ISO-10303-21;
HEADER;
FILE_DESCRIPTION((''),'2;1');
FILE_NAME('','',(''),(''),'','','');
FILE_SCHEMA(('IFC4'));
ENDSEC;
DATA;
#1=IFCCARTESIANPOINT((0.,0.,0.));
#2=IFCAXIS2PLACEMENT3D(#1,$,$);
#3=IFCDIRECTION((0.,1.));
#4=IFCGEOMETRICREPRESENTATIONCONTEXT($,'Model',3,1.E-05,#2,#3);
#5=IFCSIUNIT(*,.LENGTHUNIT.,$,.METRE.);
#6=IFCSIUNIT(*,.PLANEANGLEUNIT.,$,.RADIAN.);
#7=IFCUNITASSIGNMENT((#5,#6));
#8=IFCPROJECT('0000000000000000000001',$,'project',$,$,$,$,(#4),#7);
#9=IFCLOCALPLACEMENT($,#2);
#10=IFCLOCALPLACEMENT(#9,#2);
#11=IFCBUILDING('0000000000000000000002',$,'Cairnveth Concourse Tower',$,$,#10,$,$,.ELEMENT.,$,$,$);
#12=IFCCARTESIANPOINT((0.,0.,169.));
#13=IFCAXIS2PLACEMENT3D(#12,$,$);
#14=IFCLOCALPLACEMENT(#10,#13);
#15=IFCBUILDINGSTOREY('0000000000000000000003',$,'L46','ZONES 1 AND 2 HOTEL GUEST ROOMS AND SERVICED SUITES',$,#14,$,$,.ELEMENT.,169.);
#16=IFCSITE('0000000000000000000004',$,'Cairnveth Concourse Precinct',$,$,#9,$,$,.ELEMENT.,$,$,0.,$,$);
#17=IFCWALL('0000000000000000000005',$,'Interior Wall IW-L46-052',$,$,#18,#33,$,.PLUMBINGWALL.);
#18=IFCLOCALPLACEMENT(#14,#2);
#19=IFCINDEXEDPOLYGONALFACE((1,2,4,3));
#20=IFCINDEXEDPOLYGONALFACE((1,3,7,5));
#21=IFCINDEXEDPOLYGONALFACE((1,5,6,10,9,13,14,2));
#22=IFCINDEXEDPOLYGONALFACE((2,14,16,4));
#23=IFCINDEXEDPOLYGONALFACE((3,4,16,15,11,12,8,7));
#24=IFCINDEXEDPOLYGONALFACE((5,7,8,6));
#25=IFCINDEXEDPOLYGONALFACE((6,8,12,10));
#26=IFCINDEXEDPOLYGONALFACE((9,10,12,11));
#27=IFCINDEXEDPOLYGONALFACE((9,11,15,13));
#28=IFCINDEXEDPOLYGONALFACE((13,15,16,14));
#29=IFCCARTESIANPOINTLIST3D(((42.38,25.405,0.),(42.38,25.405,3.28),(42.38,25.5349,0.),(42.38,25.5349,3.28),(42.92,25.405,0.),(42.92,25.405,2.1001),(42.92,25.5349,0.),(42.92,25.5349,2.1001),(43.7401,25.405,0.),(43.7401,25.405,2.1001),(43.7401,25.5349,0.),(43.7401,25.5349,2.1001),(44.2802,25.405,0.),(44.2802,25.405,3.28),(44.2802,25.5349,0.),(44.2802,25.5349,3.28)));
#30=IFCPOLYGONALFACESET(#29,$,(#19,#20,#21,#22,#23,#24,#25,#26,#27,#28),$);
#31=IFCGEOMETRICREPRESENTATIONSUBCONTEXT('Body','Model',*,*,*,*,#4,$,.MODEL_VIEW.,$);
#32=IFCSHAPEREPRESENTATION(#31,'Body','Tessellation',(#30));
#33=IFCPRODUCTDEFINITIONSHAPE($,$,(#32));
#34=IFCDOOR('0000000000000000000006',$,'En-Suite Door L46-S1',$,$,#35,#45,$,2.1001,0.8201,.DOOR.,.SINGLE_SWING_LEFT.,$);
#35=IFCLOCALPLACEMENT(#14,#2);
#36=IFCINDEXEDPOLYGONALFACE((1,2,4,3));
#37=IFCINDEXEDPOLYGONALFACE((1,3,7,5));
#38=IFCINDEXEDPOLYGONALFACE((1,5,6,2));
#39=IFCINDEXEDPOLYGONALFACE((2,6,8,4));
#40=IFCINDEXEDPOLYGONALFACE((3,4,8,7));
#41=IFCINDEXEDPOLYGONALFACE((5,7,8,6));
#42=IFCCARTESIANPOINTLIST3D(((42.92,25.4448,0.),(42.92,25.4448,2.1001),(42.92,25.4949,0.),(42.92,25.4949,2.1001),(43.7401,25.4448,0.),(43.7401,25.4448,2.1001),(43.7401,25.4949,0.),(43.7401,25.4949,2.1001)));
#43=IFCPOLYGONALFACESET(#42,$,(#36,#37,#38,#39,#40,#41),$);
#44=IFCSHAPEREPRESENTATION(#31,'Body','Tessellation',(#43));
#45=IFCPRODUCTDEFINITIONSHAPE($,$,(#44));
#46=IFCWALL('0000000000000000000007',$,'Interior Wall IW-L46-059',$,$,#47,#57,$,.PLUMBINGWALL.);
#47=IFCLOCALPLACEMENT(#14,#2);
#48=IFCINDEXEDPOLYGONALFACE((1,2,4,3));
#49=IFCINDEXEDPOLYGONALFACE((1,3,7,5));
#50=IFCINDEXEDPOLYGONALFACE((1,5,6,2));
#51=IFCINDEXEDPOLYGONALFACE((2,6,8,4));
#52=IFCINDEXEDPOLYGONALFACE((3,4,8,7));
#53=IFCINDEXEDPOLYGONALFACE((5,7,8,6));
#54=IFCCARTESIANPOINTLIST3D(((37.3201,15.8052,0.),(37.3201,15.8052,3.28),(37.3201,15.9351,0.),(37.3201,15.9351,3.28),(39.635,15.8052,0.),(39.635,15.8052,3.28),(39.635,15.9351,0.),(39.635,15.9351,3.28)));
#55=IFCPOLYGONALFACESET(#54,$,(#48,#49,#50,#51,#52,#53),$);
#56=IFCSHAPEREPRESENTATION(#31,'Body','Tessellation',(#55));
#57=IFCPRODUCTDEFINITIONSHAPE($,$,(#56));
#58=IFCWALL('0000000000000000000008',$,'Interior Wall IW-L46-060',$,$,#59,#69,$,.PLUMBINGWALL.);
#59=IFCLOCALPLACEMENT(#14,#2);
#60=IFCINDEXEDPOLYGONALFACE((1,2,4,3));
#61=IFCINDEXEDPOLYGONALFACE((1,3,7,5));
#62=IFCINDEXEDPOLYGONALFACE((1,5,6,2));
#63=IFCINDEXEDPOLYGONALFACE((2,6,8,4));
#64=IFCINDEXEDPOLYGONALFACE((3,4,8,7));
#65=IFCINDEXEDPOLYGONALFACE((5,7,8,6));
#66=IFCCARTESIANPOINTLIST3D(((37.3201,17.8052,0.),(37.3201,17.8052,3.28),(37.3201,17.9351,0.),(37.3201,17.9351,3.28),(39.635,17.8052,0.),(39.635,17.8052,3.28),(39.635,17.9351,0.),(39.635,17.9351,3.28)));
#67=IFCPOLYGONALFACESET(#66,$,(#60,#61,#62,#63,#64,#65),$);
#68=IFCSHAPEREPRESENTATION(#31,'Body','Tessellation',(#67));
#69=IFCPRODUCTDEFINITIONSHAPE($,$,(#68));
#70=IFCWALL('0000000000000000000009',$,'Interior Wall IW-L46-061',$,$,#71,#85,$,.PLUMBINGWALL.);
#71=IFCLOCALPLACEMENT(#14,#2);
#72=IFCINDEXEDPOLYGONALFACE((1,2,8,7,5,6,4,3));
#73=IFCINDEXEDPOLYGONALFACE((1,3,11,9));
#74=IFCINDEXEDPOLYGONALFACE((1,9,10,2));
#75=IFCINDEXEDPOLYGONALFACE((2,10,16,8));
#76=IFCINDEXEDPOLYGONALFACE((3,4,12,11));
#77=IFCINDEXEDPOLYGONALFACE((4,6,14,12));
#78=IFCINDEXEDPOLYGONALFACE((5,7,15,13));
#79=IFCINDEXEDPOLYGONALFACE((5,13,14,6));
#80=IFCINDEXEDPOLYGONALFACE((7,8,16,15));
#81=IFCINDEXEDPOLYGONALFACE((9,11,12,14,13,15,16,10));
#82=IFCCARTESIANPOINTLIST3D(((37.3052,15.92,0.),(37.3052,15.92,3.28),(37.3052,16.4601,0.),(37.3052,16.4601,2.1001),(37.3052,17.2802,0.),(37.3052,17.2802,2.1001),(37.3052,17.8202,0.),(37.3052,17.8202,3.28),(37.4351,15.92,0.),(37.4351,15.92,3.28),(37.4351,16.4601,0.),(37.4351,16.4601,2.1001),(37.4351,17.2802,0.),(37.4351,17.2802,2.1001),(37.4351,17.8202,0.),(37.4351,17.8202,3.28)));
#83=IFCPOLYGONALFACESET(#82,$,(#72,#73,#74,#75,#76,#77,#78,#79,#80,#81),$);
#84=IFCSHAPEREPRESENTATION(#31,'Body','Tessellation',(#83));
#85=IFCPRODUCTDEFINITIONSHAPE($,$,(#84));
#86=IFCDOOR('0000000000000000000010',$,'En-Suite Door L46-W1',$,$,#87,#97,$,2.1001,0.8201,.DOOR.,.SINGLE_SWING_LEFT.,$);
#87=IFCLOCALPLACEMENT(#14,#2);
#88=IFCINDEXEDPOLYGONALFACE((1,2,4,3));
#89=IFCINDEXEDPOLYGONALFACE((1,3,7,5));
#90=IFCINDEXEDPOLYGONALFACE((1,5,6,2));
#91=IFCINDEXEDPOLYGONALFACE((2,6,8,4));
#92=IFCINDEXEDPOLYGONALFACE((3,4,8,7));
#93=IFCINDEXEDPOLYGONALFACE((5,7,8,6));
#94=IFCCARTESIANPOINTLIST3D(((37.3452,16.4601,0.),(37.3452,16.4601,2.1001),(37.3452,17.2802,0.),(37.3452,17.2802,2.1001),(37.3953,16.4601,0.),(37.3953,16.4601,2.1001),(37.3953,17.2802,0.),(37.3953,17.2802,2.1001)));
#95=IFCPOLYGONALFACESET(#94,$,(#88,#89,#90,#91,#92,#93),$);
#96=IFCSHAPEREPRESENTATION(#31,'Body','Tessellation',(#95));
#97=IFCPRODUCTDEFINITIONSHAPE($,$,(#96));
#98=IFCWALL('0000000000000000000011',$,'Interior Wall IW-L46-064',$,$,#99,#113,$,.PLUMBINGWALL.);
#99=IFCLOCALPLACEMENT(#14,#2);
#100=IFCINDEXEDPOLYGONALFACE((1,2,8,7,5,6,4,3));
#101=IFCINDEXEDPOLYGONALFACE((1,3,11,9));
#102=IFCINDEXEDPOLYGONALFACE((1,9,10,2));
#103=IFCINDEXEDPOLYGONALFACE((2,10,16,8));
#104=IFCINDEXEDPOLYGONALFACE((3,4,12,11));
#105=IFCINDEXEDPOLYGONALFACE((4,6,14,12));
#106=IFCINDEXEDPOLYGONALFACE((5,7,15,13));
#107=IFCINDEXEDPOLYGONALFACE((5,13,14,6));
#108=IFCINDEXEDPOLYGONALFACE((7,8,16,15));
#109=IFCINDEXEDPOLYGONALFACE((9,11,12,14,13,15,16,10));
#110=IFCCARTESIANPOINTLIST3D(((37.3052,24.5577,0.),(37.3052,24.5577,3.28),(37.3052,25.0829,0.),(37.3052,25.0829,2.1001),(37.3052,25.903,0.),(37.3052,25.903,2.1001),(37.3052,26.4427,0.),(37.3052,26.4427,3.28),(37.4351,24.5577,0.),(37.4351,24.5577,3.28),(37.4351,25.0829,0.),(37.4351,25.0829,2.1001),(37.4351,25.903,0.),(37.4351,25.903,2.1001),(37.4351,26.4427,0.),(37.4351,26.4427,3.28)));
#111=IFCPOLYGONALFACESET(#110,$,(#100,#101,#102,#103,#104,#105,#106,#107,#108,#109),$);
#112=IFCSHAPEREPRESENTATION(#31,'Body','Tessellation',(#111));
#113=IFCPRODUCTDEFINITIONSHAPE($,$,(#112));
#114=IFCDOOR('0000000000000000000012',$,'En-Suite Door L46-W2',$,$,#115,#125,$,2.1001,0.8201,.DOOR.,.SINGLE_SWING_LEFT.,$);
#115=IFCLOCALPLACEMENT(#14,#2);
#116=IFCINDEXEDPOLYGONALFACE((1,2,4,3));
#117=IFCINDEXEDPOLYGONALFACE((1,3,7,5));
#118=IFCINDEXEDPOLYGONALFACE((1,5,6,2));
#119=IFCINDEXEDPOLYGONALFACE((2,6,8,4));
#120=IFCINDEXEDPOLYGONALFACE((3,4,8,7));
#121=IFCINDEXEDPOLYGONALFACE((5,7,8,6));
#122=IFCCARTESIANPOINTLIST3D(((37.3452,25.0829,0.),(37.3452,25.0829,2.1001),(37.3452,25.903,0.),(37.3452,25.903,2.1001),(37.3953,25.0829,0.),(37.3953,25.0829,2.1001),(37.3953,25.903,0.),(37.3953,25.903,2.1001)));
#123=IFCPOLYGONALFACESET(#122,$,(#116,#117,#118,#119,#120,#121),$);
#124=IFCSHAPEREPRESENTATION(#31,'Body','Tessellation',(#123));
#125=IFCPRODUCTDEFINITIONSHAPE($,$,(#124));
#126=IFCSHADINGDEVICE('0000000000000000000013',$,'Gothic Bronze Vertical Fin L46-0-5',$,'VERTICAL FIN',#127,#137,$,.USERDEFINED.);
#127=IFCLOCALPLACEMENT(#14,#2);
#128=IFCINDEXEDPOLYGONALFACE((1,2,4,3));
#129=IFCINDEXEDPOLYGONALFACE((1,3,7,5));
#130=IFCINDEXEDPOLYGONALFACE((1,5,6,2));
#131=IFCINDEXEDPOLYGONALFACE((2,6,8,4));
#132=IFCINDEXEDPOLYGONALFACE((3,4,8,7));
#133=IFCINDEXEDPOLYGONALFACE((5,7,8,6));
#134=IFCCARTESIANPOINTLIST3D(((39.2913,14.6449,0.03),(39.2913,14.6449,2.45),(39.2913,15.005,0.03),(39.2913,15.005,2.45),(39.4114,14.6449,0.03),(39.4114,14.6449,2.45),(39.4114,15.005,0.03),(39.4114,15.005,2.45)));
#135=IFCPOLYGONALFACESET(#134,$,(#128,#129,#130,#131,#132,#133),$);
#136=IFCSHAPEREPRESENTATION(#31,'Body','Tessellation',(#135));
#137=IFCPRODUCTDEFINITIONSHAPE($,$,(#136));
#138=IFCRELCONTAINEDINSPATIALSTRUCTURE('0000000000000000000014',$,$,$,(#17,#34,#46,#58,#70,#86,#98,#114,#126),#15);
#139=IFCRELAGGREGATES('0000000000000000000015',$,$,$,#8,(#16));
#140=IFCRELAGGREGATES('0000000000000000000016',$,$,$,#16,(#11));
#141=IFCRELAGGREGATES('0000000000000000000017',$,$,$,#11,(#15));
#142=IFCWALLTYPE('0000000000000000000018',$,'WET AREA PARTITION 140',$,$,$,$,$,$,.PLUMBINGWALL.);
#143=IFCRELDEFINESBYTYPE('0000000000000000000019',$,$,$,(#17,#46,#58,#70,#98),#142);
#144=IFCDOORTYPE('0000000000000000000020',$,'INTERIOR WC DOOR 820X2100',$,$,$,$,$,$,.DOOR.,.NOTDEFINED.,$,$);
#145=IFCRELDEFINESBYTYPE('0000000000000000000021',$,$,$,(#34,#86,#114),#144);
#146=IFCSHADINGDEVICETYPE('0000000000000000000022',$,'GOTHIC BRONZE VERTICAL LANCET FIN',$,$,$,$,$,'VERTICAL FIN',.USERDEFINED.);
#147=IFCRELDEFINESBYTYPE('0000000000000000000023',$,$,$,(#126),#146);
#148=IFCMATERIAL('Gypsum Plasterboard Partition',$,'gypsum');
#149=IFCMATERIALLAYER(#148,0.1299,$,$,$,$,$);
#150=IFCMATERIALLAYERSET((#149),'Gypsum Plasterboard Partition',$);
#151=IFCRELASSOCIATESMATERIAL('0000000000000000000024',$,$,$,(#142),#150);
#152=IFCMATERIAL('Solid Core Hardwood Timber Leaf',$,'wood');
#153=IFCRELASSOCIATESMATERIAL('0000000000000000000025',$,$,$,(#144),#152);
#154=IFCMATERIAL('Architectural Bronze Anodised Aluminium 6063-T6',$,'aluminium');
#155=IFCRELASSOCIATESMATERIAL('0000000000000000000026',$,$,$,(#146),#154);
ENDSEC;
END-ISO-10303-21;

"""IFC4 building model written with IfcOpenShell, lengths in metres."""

from ifc_helpers import new_model, si_unit, direction, frame, frame_2d, origin, origin_2d, place, context, subcontext, project, spatial, rectangle, extrude, material, layer, layer_set, type_object, element, fill, save


model = new_model("IFC4")

# Units and contexts
model_context = context("Model", 3, precision=1e-05, world=origin(), true_north=direction((0.0, 1.0)))
body_context = subcontext(model_context, "Body", "Model", "MODEL_VIEW")
ifc_project = project(units=[si_unit("LENGTHUNIT", "METRE"), si_unit("PLANEANGLEUNIT", "RADIAN")], contexts=[model_context])

# Site, building, storey
site_placement = place(None, origin())
site = spatial("IfcSite", under=ifc_project, at=site_placement, Name="Cairnveth Concourse Precinct", CompositionType="ELEMENT", RefElevation=0.0)
building_placement = place(site_placement, origin())
building = spatial("IfcBuilding", under=site, at=building_placement, Name="Cairnveth Concourse Tower", CompositionType="ELEMENT")
storey_placement = place(building_placement, frame((0.0, 0.0, 169.0)))
storey = spatial("IfcBuildingStorey", under=building, at=storey_placement, Name="L46", Description="ZONES 1 AND 2 HOTEL GUEST ROOMS AND SERVICED SUITES", CompositionType="ELEMENT", Elevation=169.0)

# Shared definitions
ifc_material_1 = material(Name="Gypsum Plasterboard Partition", Category="gypsum")
ifc_material_2 = material(Name="Solid Core Hardwood Timber Leaf", Category="wood")

# Shared definitions
ifc_layer_1 = layer(ifc_material_1, 0.1299)
ifc_layer_set_1 = layer_set([ifc_layer_1], Name="Gypsum Plasterboard Partition")
wall_type_1 = type_object("IfcWallType", Name="WET AREA PARTITION 140", PredefinedType="PLUMBINGWALL", material=ifc_layer_set_1)

# Wall, opening, door
wall_1_placement = place(storey_placement, frame((42.3799, 25.47, 0.0), z_axis=(0.0, 0.0, 1.0), x_axis=(1.0, 0.0, 0.0)))
wall_1 = element("IfcWall", 1, at=wall_1_placement, inside=storey, type_object=wall_type_1, Name="Interior Wall IW-L46-052", PredefinedType="PLUMBINGWALL", context=body_context, shape_type="SweptSolid", body=[
    extrude(rectangle(XDim=1.9001, YDim=0.1299, at=frame_2d((0.9502, 0.0))), origin(), (0.0, 0.0, 1.0), 3.28),
])
opening_1_placement = place(wall_1_placement, frame((0.54, 0.0, 0.0)))
opening_1 = element("IfcOpeningElement", 2, at=opening_1_placement, cuts=wall_1, PredefinedType="OPENING", context=body_context, shape_type="SweptSolid", body=[
    extrude(rectangle(XDim=0.8201, YDim=2.1001, at=frame_2d((0.4102, 1.05))), frame((0.0, 0.075, 0.0), z_axis=(0.0, -1.0, 0.0), x_axis=(1.0, 0.0, 0.0)), (0.0, 0.0, 1.0), 0.1499),
])
door_type_1 = type_object("IfcDoorType", Name="INTERIOR WC DOOR 820X2100", OperationType="NOTDEFINED", PredefinedType="DOOR", material=ifc_material_2)
door_1_placement = place(opening_1_placement, origin())
door_1 = element("IfcDoor", 3, at=door_1_placement, inside=storey, type_object=door_type_1, Name="En-Suite Door L46-S1", OperationType="SINGLE_SWING_LEFT", OverallHeight=2.1001, OverallWidth=0.8201, PredefinedType="DOOR", context=body_context, shape_type="SweptSolid", body=[
    extrude(rectangle(XDim=0.8201, YDim=2.1001, at=frame_2d((0.4102, 1.05))), frame((0.0, 0.0249, 0.0), z_axis=(0.0, -1.0, 0.0), x_axis=(1.0, 0.0, 0.0)), (0.0, 0.0, 1.0), 0.05),
])
fill(opening_1, door_1)

# Walls
for number, where, z_axis, x_axis, name in (
    (4, (37.3201, 15.8701, 0.0), (0.0, 0.0, 1.0), (1.0, 0.0, 0.0), "Interior Wall IW-L46-059"),
    (5, (37.3201, 17.8701, 0.0), (0.0, 0.0, 1.0), (1.0, 0.0, 0.0), "Interior Wall IW-L46-060"),
):
    element("IfcWall", number, at=place(storey_placement, frame(where, z_axis=z_axis, x_axis=x_axis)), inside=storey, type_object=wall_type_1, Name=name, PredefinedType="PLUMBINGWALL", context=body_context, shape_type="SweptSolid", body=[
        extrude(rectangle(XDim=2.3149, YDim=0.1299, at=frame_2d((1.1575, 0.0))), origin(), (0.0, 0.0, 1.0), 3.28),
    ])

# Walls, openings, doors
wall_2_placement = place(storey_placement, frame((37.3701, 15.9199, 0.0), z_axis=(0.0, 0.0, 1.0), x_axis=(0.0, 1.0, 0.0)))
wall_2 = element("IfcWall", 6, at=wall_2_placement, inside=storey, type_object=wall_type_1, Name="Interior Wall IW-L46-061", PredefinedType="PLUMBINGWALL", context=body_context, shape_type="SweptSolid", body=[
    extrude(rectangle(XDim=1.9001, YDim=0.1299, at=frame_2d((0.9502, 0.0))), origin(), (0.0, 0.0, 1.0), 3.28),
])
opening_2_placement = place(wall_2_placement, frame((0.54, 0.0, 0.0)))
opening_2 = element("IfcOpeningElement", 7, at=opening_2_placement, cuts=wall_2, PredefinedType="OPENING", context=body_context, shape_type="SweptSolid", body=[
    extrude(rectangle(XDim=0.8201, YDim=2.1001, at=frame_2d((0.4102, 1.05))), frame((0.0, 0.075, 0.0), z_axis=(0.0, -1.0, 0.0), x_axis=(1.0, 0.0, 0.0)), (0.0, 0.0, 1.0), 0.1499),
])
door_2_placement = place(opening_2_placement, origin())
door_2 = element("IfcDoor", 8, at=door_2_placement, inside=storey, type_object=door_type_1, Name="En-Suite Door L46-W1", OperationType="SINGLE_SWING_LEFT", OverallHeight=2.1001, OverallWidth=0.8201, PredefinedType="DOOR", context=body_context, shape_type="SweptSolid", body=[
    extrude(rectangle(XDim=0.8201, YDim=2.1001, at=frame_2d((0.4102, 1.05))), frame((0.0, 0.0249, 0.0), z_axis=(0.0, -1.0, 0.0), x_axis=(1.0, 0.0, 0.0)), (0.0, 0.0, 1.0), 0.05),
])
fill(opening_2, door_2)
wall_3_placement = place(storey_placement, frame((37.3701, 24.5579, 0.0), z_axis=(0.0, 0.0, 1.0), x_axis=(0.0, 1.0, 0.0)))
wall_3 = element("IfcWall", 9, at=wall_3_placement, inside=storey, type_object=wall_type_1, Name="Interior Wall IW-L46-064", PredefinedType="PLUMBINGWALL", context=body_context, shape_type="SweptSolid", body=[
    extrude(rectangle(XDim=1.885, YDim=0.1299, at=frame_2d((0.9424, 0.0))), origin(), (0.0, 0.0, 1.0), 3.28),
])
opening_3_placement = place(wall_3_placement, frame((0.5249, 0.0, 0.0)))
opening_3 = element("IfcOpeningElement", 10, at=opening_3_placement, cuts=wall_3, PredefinedType="OPENING", context=body_context, shape_type="SweptSolid", body=[
    extrude(rectangle(XDim=0.8201, YDim=2.1001, at=frame_2d((0.4102, 1.05))), frame((0.0, 0.075, 0.0), z_axis=(0.0, -1.0, 0.0), x_axis=(1.0, 0.0, 0.0)), (0.0, 0.0, 1.0), 0.1499),
])
door_3_placement = place(opening_3_placement, origin())
door_3 = element("IfcDoor", 11, at=door_3_placement, inside=storey, type_object=door_type_1, Name="En-Suite Door L46-W2", OperationType="SINGLE_SWING_LEFT", OverallHeight=2.1001, OverallWidth=0.8201, PredefinedType="DOOR", context=body_context, shape_type="SweptSolid", body=[
    extrude(rectangle(XDim=0.8201, YDim=2.1001, at=frame_2d((0.4102, 1.05))), frame((0.0, 0.0249, 0.0), z_axis=(0.0, -1.0, 0.0), x_axis=(1.0, 0.0, 0.0)), (0.0, 0.0, 1.0), 0.05),
])
fill(opening_3, door_3)

# Shading device
ifc_material_3 = material(Name="Architectural Bronze Anodised Aluminium 6063-T6", Category="aluminium")
shading_device_type = type_object("IfcShadingDeviceType", Name="GOTHIC BRONZE VERTICAL LANCET FIN", ElementType="VERTICAL FIN", PredefinedType="USERDEFINED", material=ifc_material_3)
shading_device_placement = place(storey_placement, frame((39.3513, 14.825, 0.03), z_axis=(0.0, 0.0, 1.0), x_axis=(1.0, 0.0, 0.0)))
element("IfcShadingDevice", 12, at=shading_device_placement, inside=storey, type_object=shading_device_type, Name="Gothic Bronze Vertical Fin L46-0-5", ObjectType="VERTICAL FIN", PredefinedType="USERDEFINED", context=body_context, shape_type="SweptSolid", body=[
    extrude(rectangle(XDim=0.1201, YDim=0.3601, at=origin_2d()), origin(), (0.0, 0.0, 1.0), 2.4199),
])

save(model, "model.ifc")
